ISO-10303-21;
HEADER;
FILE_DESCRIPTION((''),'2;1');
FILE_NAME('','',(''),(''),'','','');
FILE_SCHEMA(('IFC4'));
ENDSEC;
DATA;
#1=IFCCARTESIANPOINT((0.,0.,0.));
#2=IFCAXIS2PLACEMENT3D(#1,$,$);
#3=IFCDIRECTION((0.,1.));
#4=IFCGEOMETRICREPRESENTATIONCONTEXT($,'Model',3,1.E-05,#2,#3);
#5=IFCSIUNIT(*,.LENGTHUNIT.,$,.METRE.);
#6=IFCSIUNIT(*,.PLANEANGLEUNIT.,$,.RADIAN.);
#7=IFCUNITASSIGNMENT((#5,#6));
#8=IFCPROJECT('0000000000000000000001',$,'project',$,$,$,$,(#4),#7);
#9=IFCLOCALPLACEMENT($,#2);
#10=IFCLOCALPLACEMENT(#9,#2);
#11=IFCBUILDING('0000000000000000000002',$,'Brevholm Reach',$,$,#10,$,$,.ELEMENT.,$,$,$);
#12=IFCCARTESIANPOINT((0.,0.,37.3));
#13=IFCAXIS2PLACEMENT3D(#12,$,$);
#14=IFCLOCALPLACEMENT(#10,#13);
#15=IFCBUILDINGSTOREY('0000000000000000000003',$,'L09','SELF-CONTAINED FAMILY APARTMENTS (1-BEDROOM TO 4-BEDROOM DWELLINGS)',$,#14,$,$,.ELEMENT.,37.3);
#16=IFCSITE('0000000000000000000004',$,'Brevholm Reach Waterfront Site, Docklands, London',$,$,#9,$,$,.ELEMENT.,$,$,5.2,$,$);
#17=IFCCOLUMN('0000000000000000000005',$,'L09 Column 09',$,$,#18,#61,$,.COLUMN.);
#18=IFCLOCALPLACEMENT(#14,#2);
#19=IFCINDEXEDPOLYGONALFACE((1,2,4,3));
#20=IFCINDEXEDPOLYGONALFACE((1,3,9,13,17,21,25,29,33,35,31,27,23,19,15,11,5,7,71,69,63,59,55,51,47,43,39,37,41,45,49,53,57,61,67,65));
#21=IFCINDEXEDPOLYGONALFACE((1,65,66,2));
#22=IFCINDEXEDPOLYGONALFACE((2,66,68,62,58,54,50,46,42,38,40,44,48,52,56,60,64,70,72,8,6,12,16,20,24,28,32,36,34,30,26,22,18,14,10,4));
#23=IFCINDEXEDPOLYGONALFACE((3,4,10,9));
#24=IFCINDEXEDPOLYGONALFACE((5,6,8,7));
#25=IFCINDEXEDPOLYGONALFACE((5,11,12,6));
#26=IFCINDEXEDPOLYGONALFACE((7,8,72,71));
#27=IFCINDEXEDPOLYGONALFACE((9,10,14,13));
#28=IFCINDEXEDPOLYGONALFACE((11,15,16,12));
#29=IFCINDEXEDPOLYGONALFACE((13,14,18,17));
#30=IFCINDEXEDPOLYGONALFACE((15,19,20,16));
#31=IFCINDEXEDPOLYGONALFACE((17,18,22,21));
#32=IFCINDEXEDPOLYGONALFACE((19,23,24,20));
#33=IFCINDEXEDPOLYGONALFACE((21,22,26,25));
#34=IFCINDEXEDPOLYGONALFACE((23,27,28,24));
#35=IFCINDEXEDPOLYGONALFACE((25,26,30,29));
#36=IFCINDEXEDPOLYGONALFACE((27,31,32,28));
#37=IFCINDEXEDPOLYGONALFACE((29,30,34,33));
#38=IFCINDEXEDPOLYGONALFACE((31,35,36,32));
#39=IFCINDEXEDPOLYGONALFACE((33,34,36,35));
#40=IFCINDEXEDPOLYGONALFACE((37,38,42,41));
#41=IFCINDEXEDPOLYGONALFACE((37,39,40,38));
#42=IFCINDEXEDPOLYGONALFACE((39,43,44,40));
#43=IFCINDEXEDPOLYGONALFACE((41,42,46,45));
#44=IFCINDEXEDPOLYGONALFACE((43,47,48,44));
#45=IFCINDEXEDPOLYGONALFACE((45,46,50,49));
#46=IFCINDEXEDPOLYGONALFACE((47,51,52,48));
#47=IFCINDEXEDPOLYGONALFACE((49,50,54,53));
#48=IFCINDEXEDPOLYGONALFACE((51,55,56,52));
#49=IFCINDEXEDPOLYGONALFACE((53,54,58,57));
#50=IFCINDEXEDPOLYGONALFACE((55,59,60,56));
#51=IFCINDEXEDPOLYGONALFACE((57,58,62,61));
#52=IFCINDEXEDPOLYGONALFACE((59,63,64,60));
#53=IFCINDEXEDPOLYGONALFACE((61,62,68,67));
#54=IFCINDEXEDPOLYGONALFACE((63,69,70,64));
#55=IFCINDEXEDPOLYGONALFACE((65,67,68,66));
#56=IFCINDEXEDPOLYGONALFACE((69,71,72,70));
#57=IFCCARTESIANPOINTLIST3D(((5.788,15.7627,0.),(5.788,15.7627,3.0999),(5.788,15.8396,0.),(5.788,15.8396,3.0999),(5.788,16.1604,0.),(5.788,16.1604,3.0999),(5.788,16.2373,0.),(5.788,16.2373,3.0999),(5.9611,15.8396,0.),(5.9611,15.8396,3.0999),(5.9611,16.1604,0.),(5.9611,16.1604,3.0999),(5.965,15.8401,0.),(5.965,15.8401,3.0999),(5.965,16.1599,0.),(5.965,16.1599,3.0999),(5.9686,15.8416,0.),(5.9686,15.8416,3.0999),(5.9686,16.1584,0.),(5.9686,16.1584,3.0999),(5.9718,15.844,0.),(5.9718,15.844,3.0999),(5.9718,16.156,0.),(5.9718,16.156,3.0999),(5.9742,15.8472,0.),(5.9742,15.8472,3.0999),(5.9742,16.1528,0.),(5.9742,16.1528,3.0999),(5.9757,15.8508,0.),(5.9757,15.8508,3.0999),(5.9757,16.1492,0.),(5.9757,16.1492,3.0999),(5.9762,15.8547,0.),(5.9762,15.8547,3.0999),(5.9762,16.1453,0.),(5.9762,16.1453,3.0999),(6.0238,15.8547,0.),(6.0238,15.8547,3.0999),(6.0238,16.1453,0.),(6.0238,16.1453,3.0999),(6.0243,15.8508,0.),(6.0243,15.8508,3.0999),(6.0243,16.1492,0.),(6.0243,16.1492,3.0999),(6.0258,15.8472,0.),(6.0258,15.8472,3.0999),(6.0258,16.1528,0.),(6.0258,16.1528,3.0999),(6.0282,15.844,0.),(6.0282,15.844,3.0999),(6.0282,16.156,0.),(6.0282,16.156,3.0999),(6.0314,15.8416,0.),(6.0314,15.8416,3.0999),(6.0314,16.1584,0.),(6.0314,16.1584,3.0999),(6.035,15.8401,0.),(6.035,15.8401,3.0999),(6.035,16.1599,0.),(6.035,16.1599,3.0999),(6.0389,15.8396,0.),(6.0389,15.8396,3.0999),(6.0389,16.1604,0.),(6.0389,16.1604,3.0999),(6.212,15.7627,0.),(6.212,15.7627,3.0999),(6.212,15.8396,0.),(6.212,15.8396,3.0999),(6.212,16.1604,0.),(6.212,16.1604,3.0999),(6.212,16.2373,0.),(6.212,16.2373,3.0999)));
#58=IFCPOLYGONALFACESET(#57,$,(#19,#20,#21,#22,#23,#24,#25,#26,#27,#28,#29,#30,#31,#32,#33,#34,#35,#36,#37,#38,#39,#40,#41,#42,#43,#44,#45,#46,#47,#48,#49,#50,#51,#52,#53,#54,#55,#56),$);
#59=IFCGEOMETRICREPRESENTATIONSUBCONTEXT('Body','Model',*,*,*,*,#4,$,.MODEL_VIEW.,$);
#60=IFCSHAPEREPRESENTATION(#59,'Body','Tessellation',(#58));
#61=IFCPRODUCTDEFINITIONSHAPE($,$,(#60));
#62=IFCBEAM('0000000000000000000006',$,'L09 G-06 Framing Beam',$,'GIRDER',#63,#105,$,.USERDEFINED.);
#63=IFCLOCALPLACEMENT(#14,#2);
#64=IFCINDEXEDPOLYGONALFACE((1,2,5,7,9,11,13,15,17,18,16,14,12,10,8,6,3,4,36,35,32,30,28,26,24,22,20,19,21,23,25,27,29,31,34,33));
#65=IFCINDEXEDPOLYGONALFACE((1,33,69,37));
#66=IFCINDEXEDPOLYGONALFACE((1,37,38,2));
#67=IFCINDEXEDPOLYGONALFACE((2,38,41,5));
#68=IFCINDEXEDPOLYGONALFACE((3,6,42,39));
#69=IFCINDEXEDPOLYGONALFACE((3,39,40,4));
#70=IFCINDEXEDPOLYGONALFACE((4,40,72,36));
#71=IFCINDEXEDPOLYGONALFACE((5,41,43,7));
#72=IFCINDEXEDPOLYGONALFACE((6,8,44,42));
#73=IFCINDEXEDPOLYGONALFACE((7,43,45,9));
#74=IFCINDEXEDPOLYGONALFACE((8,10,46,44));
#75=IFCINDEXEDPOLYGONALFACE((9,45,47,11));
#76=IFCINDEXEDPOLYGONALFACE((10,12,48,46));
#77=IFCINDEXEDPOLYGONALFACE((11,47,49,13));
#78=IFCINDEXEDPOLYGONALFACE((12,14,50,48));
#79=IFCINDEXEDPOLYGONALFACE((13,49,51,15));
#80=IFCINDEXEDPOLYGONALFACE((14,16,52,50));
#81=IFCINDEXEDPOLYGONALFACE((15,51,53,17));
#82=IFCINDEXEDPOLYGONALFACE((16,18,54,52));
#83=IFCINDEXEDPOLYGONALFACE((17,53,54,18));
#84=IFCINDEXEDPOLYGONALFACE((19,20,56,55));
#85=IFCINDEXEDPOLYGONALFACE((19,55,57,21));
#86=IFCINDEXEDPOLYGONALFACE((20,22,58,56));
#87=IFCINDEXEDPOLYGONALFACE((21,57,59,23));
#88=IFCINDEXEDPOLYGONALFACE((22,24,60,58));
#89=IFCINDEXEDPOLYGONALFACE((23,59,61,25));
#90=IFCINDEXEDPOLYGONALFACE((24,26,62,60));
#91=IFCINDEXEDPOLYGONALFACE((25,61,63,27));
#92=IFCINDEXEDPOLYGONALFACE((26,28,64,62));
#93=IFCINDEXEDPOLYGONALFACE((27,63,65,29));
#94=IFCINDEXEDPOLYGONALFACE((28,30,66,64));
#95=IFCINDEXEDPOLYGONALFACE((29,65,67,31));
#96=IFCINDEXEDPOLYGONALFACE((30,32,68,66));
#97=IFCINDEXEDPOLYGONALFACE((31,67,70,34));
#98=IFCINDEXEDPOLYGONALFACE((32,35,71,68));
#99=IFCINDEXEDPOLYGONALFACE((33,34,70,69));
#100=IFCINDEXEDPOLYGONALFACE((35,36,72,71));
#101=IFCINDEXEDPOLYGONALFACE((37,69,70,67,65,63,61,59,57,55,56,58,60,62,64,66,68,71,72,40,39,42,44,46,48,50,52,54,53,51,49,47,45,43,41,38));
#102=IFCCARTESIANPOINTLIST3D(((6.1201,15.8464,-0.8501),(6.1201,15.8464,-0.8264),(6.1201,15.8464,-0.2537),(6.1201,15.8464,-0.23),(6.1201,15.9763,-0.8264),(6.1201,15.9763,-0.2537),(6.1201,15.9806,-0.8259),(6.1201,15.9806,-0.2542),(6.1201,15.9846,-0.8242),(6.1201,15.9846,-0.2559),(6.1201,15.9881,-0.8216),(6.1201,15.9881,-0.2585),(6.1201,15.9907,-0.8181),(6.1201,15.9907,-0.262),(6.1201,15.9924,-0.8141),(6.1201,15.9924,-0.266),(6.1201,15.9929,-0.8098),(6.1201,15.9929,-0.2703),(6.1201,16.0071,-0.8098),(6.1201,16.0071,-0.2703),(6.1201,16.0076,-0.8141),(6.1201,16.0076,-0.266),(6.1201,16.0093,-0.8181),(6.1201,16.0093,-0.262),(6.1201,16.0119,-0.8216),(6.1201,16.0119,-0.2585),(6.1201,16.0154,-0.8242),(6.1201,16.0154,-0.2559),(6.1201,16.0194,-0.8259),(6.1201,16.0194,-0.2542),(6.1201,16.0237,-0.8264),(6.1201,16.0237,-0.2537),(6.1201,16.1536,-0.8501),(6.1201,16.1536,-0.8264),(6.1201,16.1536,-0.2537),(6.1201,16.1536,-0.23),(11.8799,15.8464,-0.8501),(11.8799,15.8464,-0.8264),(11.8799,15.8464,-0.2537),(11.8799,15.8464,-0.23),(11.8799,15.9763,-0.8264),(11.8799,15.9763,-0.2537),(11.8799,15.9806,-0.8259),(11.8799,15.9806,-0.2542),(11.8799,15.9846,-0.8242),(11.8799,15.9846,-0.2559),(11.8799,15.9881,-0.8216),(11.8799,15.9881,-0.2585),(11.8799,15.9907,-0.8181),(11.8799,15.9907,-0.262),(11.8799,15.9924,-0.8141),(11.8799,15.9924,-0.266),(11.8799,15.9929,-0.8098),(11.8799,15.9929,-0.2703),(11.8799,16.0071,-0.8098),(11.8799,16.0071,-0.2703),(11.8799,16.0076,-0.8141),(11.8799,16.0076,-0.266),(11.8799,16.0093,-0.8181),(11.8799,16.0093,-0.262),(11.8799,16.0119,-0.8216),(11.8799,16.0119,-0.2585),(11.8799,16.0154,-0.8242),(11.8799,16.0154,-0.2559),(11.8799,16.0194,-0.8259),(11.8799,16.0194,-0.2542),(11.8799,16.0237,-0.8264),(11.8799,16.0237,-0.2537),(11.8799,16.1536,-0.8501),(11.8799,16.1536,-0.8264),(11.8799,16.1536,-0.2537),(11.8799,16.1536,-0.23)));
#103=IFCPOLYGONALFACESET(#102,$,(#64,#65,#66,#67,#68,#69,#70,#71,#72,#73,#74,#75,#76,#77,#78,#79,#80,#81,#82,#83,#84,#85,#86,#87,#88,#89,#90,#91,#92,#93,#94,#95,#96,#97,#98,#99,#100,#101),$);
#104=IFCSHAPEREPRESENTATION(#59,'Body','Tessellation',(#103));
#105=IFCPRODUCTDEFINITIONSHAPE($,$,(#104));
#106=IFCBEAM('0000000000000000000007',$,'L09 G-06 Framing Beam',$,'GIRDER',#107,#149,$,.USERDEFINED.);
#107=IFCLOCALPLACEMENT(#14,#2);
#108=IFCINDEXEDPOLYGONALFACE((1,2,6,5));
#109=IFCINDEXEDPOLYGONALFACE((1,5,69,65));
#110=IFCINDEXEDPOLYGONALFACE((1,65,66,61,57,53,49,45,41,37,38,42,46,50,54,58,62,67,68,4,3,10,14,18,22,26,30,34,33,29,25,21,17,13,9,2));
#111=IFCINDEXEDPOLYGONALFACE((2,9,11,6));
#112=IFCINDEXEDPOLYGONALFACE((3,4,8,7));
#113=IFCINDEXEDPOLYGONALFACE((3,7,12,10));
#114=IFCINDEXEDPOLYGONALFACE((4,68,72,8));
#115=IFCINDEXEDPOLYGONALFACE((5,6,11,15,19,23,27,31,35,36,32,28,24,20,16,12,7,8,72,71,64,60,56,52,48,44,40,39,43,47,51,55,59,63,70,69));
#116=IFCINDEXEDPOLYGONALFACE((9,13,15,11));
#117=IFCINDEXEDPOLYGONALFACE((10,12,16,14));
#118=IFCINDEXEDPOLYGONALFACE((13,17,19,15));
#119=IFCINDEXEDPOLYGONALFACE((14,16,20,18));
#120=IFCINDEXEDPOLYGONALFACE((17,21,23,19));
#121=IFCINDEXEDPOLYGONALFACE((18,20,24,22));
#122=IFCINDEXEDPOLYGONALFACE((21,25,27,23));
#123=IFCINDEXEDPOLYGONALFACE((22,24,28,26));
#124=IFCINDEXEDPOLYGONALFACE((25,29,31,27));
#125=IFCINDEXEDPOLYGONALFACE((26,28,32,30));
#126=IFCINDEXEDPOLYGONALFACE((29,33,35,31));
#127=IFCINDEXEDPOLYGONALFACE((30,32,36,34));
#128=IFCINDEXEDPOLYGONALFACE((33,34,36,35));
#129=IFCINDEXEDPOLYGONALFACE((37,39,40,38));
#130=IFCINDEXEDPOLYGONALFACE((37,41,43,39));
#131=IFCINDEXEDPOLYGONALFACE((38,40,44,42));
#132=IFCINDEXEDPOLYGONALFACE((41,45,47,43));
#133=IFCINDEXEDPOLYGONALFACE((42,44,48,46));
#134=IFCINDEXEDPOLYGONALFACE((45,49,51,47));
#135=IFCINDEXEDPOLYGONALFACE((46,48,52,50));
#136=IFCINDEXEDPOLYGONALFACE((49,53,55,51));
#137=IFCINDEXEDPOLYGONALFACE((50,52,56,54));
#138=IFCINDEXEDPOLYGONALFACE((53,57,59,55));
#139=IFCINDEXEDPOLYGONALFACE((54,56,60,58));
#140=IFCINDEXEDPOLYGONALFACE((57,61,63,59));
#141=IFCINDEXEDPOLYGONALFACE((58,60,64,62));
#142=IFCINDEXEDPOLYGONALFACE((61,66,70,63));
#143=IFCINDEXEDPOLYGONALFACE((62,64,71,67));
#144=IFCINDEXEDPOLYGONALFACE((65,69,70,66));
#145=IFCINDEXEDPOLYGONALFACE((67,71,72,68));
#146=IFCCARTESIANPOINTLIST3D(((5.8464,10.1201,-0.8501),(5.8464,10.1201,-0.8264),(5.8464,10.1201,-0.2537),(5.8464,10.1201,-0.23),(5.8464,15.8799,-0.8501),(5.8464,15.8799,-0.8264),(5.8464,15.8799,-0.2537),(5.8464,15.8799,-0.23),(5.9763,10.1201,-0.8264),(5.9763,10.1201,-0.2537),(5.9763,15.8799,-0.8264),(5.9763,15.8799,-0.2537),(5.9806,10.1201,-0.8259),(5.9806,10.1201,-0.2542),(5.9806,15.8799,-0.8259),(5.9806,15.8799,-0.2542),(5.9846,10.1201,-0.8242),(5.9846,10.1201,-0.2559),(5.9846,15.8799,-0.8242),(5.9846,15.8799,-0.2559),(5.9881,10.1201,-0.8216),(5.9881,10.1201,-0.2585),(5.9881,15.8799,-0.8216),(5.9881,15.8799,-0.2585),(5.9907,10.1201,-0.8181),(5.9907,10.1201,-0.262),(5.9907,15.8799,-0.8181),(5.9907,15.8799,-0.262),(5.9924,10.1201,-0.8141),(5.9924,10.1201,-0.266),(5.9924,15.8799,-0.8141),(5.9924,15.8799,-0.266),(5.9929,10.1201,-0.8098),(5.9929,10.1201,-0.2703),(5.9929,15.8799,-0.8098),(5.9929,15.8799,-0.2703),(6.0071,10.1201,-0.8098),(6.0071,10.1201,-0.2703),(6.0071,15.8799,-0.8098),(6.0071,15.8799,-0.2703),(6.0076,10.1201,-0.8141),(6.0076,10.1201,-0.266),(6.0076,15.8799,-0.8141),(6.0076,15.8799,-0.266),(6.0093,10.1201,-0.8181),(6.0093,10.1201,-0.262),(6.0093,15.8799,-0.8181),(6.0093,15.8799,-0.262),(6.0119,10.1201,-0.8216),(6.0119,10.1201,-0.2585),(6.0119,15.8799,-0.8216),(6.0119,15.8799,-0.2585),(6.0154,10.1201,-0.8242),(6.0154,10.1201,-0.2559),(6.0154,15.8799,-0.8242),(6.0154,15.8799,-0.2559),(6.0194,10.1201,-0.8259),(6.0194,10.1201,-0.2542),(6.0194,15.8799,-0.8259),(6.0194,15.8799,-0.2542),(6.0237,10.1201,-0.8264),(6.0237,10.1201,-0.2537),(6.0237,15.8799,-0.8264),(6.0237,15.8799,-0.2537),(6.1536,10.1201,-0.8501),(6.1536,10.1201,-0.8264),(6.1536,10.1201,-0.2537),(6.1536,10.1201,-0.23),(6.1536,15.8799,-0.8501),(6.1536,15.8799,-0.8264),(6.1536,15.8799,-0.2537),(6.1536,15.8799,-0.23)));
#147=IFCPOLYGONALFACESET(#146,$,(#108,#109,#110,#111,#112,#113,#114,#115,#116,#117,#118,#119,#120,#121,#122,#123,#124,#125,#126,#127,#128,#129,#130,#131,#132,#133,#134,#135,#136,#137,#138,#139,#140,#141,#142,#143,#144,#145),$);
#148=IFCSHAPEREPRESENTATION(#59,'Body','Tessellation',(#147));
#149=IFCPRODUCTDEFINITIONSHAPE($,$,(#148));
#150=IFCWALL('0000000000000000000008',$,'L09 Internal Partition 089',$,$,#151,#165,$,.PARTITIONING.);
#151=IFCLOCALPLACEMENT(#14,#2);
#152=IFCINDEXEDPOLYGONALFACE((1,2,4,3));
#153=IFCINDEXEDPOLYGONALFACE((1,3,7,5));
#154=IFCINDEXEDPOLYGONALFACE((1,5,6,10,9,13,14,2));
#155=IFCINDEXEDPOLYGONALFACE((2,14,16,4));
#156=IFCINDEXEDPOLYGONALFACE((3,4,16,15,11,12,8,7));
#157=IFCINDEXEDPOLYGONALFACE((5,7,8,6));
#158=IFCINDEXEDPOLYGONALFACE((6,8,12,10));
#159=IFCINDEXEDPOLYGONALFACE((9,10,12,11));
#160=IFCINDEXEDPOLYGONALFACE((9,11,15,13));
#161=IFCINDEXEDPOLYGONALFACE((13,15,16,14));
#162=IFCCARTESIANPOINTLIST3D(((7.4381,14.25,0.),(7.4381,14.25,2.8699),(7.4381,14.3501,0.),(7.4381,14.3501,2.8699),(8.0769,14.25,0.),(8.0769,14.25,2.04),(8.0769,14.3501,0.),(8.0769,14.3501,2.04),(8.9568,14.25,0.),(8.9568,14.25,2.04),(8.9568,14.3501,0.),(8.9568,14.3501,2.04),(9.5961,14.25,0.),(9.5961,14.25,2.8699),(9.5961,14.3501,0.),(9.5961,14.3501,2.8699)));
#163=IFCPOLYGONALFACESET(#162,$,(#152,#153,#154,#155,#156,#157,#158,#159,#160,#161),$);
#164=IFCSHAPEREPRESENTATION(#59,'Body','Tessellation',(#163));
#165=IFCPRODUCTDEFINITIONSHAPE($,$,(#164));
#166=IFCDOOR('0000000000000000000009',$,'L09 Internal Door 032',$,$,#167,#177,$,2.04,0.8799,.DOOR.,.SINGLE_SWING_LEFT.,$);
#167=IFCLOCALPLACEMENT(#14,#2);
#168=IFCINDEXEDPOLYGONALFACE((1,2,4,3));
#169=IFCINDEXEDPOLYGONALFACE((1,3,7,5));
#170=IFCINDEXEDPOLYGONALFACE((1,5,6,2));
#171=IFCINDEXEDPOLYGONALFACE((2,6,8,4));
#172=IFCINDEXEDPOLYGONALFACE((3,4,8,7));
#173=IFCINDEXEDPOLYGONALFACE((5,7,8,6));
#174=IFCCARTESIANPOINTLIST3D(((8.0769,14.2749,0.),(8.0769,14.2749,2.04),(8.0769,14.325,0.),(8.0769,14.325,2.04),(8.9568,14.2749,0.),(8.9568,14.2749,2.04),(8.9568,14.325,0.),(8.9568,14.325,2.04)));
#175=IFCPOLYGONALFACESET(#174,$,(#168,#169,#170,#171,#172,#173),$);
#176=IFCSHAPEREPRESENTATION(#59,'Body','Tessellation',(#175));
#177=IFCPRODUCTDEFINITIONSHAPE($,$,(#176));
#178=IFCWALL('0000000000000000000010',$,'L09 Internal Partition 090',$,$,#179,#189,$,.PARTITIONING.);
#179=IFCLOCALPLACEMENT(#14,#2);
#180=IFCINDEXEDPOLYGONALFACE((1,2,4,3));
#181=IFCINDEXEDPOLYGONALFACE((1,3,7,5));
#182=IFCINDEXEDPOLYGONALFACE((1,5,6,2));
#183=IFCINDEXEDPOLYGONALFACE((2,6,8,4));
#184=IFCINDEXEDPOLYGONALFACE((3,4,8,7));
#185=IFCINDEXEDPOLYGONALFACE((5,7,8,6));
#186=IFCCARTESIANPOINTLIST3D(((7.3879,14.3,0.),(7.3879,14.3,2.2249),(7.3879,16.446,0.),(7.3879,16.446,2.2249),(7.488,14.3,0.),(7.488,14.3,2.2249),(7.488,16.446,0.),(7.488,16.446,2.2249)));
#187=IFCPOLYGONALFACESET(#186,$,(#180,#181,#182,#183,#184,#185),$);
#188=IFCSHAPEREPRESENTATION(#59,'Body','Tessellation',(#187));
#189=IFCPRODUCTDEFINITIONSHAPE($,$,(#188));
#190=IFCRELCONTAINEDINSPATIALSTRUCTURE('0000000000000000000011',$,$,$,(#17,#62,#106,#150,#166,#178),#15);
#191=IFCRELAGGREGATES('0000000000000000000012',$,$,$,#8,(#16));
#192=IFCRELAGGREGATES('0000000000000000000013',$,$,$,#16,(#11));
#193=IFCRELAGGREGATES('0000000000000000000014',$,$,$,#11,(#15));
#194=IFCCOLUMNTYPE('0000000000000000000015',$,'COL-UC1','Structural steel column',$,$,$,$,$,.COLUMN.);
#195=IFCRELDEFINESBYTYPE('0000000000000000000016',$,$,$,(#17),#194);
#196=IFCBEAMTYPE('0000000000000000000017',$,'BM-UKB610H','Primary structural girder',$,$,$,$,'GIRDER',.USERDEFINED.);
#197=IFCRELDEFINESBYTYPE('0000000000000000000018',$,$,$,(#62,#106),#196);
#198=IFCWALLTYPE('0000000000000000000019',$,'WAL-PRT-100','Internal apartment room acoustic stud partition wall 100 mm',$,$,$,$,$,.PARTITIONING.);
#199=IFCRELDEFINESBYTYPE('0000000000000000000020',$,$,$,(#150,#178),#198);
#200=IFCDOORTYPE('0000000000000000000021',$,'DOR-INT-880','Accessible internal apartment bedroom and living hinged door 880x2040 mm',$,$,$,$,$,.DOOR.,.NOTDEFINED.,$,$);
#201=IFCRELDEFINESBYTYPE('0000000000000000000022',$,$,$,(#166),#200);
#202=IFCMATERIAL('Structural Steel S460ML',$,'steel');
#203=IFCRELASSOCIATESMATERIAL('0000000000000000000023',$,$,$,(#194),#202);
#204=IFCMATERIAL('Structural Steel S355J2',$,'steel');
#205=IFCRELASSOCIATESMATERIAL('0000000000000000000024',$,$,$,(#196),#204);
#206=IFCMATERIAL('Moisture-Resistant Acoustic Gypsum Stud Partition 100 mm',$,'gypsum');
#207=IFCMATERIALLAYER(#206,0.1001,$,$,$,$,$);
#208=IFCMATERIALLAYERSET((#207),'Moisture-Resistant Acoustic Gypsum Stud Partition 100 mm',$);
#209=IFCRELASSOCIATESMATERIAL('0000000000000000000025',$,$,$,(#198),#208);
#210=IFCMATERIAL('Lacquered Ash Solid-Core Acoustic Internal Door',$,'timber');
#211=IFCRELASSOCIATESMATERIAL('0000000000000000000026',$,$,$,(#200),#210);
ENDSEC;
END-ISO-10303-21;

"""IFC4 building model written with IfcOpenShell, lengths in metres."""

from ifc_helpers import new_model, si_unit, direction, frame, frame_2d, origin, origin_2d, place, context, subcontext, project, spatial, rectangle, i_section, extrude, material, layer, layer_set, material_profile, profile_set, type_object, element, fill, save


model = new_model("IFC4")

# Units and contexts
model_context = context("Model", 3, precision=1e-05, world=origin(), true_north=direction((0.0, 1.0)))
body_context = subcontext(model_context, "Body", "Model", "MODEL_VIEW")
ifc_project = project(units=[si_unit("LENGTHUNIT", "METRE"), si_unit("PLANEANGLEUNIT", "RADIAN")], contexts=[model_context])

# Site, building, storey
site_placement = place(None, origin())
site = spatial("IfcSite", under=ifc_project, at=site_placement, Name="Brevholm Reach Waterfront Site, Docklands, London", CompositionType="ELEMENT", RefElevation=5.2)
building_placement = place(site_placement, origin())
building = spatial("IfcBuilding", under=site, at=building_placement, Name="Brevholm Reach", CompositionType="ELEMENT")
storey_placement = place(building_placement, frame((0.0, 0.0, 37.3)))
storey = spatial("IfcBuildingStorey", under=building, at=storey_placement, Name="L09", Description="SELF-CONTAINED FAMILY APARTMENTS (1-BEDROOM TO 4-BEDROOM DWELLINGS)", CompositionType="ELEMENT", Elevation=37.3)

# Column
ifc_material_1 = material(Name="Structural Steel S460ML", Category="steel")
ifc_material_profile_1 = material_profile(ifc_material_1, i_section(OverallWidth=0.4241, OverallDepth=0.4746, WebThickness=0.0476, FlangeThickness=0.0769, FilletRadius=0.0151, at=origin_2d()), Name="UKC 356x406x634")
ifc_profile_set_1 = profile_set([ifc_material_profile_1], Name="Structural Steel S460ML")
column_type = type_object("IfcColumnType", Name="COL-UC1", Description="Structural steel column", PredefinedType="COLUMN", material=ifc_profile_set_1)
column_placement = place(storey_placement, frame((6.0, 16.0, 0.0), z_axis=(0.0, 0.0, 1.0), x_axis=(1.0, 0.0, 0.0)))
element("IfcColumn", 1, at=column_placement, inside=storey, type_object=column_type, Name="L09 Column 09", PredefinedType="COLUMN", context=body_context, shape_type="SweptSolid", body=[
    extrude(i_section(OverallWidth=0.4241, OverallDepth=0.4746, WebThickness=0.0476, FlangeThickness=0.0769, FilletRadius=0.0151, at=origin_2d()), origin(), (0.0, 0.0, 1.0), 3.0999),
])

# Beams
ifc_material_2 = material(Name="Structural Steel S355J2", Category="steel")
ifc_material_profile_2 = material_profile(ifc_material_2, i_section(OverallWidth=0.3071, OverallDepth=0.6201, WebThickness=0.0142, FlangeThickness=0.0237, FilletRadius=0.0166, at=origin_2d()), Name="UKB 610x305x179")
ifc_profile_set_2 = profile_set([ifc_material_profile_2], Name="Structural Steel S355J2")
beam_type = type_object("IfcBeamType", Name="BM-UKB610H", Description="Primary structural girder", ElementType="GIRDER", PredefinedType="USERDEFINED", material=ifc_profile_set_2)
for number, where, z_axis, x_axis, name in (
    (2, (6.1201, 16.0, -0.54), (1.0, 0.0, 0.0), (0.0, 1.0, 0.0), "L09 G-06 Framing Beam"),
    (3, (6.0, 10.1201, -0.54), (0.0, 1.0, 0.0), (-1.0, 0.0, 0.0), "L09 G-06 Framing Beam"),
):
    element("IfcBeam", number, at=place(storey_placement, frame(where, z_axis=z_axis, x_axis=x_axis)), inside=storey, type_object=beam_type, Name=name, ObjectType="GIRDER", PredefinedType="USERDEFINED", context=body_context, shape_type="SweptSolid", body=[
        extrude(i_section(OverallWidth=0.3071, OverallDepth=0.6201, WebThickness=0.0142, FlangeThickness=0.0237, FilletRadius=0.0166, at=origin_2d()), origin(), (0.0, 0.0, 1.0), 5.7598),
    ])

# Wall, opening, door
ifc_material_3 = material(Name="Moisture-Resistant Acoustic Gypsum Stud Partition 100 mm", Category="gypsum")
ifc_layer_1 = layer(ifc_material_3, 0.1001)
ifc_layer_set_1 = layer_set([ifc_layer_1], Name="Moisture-Resistant Acoustic Gypsum Stud Partition 100 mm")
wall_type_1 = type_object("IfcWallType", Name="WAL-PRT-100", Description="Internal apartment room acoustic stud partition wall 100 mm", PredefinedType="PARTITIONING", material=ifc_layer_set_1)
wall_1_placement = place(storey_placement, frame((7.438, 14.3, 0.0), z_axis=(0.0, 0.0, 1.0), x_axis=(1.0, 0.0, 0.0)))
wall_1 = element("IfcWall", 4, at=wall_1_placement, inside=storey, type_object=wall_type_1, Name="L09 Internal Partition 089", PredefinedType="PARTITIONING", context=body_context, shape_type="SweptSolid", body=[
    extrude(rectangle(XDim=2.158, YDim=0.1001, at=frame_2d((1.0791, 0.0))), origin(), (0.0, 0.0, 1.0), 2.8699),
])
opening_1_placement = place(wall_1_placement, frame((0.6389, 0.0, 0.0)))
opening_1 = element("IfcOpeningElement", 5, at=opening_1_placement, cuts=wall_1, PredefinedType="OPENING", context=body_context, shape_type="SweptSolid", body=[
    extrude(rectangle(XDim=0.8799, YDim=2.04, at=frame_2d((0.4399, 1.02))), frame((0.0, 0.0601, 0.0), z_axis=(0.0, -1.0, 0.0), x_axis=(1.0, 0.0, 0.0)), (0.0, 0.0, 1.0), 0.1201),
])
ifc_material_4 = material(Name="Lacquered Ash Solid-Core Acoustic Internal Door", Category="timber")
door_type_1 = type_object("IfcDoorType", Name="DOR-INT-880", Description="Accessible internal apartment bedroom and living hinged door 880x2040 mm", OperationType="NOTDEFINED", PredefinedType="DOOR", material=ifc_material_4)
door_1_placement = place(opening_1_placement, origin())
door_1 = element("IfcDoor", 6, at=door_1_placement, inside=storey, type_object=door_type_1, Name="L09 Internal Door 032", OperationType="SINGLE_SWING_LEFT", OverallHeight=2.04, OverallWidth=0.8799, PredefinedType="DOOR", context=body_context, shape_type="SweptSolid", body=[
    extrude(rectangle(XDim=0.8799, YDim=2.04, at=frame_2d((0.4399, 1.02))), frame((0.0, 0.0249, 0.0), z_axis=(0.0, -1.0, 0.0), x_axis=(1.0, 0.0, 0.0)), (0.0, 0.0, 1.0), 0.05),
])
fill(opening_1, door_1)

# Wall
wall_2_placement = place(storey_placement, frame((7.438, 14.3, 0.0), z_axis=(0.0, 0.0, 1.0), x_axis=(0.0, 1.0, 0.0)))
element("IfcWall", 7, at=wall_2_placement, inside=storey, type_object=wall_type_1, Name="L09 Internal Partition 090", PredefinedType="PARTITIONING", context=body_context, shape_type="SweptSolid", body=[
    extrude(rectangle(XDim=2.146, YDim=0.1001, at=frame_2d((1.073, 0.0))), origin(), (0.0, 0.0, 1.0), 2.2249),
])

save(model, "model.ifc")
